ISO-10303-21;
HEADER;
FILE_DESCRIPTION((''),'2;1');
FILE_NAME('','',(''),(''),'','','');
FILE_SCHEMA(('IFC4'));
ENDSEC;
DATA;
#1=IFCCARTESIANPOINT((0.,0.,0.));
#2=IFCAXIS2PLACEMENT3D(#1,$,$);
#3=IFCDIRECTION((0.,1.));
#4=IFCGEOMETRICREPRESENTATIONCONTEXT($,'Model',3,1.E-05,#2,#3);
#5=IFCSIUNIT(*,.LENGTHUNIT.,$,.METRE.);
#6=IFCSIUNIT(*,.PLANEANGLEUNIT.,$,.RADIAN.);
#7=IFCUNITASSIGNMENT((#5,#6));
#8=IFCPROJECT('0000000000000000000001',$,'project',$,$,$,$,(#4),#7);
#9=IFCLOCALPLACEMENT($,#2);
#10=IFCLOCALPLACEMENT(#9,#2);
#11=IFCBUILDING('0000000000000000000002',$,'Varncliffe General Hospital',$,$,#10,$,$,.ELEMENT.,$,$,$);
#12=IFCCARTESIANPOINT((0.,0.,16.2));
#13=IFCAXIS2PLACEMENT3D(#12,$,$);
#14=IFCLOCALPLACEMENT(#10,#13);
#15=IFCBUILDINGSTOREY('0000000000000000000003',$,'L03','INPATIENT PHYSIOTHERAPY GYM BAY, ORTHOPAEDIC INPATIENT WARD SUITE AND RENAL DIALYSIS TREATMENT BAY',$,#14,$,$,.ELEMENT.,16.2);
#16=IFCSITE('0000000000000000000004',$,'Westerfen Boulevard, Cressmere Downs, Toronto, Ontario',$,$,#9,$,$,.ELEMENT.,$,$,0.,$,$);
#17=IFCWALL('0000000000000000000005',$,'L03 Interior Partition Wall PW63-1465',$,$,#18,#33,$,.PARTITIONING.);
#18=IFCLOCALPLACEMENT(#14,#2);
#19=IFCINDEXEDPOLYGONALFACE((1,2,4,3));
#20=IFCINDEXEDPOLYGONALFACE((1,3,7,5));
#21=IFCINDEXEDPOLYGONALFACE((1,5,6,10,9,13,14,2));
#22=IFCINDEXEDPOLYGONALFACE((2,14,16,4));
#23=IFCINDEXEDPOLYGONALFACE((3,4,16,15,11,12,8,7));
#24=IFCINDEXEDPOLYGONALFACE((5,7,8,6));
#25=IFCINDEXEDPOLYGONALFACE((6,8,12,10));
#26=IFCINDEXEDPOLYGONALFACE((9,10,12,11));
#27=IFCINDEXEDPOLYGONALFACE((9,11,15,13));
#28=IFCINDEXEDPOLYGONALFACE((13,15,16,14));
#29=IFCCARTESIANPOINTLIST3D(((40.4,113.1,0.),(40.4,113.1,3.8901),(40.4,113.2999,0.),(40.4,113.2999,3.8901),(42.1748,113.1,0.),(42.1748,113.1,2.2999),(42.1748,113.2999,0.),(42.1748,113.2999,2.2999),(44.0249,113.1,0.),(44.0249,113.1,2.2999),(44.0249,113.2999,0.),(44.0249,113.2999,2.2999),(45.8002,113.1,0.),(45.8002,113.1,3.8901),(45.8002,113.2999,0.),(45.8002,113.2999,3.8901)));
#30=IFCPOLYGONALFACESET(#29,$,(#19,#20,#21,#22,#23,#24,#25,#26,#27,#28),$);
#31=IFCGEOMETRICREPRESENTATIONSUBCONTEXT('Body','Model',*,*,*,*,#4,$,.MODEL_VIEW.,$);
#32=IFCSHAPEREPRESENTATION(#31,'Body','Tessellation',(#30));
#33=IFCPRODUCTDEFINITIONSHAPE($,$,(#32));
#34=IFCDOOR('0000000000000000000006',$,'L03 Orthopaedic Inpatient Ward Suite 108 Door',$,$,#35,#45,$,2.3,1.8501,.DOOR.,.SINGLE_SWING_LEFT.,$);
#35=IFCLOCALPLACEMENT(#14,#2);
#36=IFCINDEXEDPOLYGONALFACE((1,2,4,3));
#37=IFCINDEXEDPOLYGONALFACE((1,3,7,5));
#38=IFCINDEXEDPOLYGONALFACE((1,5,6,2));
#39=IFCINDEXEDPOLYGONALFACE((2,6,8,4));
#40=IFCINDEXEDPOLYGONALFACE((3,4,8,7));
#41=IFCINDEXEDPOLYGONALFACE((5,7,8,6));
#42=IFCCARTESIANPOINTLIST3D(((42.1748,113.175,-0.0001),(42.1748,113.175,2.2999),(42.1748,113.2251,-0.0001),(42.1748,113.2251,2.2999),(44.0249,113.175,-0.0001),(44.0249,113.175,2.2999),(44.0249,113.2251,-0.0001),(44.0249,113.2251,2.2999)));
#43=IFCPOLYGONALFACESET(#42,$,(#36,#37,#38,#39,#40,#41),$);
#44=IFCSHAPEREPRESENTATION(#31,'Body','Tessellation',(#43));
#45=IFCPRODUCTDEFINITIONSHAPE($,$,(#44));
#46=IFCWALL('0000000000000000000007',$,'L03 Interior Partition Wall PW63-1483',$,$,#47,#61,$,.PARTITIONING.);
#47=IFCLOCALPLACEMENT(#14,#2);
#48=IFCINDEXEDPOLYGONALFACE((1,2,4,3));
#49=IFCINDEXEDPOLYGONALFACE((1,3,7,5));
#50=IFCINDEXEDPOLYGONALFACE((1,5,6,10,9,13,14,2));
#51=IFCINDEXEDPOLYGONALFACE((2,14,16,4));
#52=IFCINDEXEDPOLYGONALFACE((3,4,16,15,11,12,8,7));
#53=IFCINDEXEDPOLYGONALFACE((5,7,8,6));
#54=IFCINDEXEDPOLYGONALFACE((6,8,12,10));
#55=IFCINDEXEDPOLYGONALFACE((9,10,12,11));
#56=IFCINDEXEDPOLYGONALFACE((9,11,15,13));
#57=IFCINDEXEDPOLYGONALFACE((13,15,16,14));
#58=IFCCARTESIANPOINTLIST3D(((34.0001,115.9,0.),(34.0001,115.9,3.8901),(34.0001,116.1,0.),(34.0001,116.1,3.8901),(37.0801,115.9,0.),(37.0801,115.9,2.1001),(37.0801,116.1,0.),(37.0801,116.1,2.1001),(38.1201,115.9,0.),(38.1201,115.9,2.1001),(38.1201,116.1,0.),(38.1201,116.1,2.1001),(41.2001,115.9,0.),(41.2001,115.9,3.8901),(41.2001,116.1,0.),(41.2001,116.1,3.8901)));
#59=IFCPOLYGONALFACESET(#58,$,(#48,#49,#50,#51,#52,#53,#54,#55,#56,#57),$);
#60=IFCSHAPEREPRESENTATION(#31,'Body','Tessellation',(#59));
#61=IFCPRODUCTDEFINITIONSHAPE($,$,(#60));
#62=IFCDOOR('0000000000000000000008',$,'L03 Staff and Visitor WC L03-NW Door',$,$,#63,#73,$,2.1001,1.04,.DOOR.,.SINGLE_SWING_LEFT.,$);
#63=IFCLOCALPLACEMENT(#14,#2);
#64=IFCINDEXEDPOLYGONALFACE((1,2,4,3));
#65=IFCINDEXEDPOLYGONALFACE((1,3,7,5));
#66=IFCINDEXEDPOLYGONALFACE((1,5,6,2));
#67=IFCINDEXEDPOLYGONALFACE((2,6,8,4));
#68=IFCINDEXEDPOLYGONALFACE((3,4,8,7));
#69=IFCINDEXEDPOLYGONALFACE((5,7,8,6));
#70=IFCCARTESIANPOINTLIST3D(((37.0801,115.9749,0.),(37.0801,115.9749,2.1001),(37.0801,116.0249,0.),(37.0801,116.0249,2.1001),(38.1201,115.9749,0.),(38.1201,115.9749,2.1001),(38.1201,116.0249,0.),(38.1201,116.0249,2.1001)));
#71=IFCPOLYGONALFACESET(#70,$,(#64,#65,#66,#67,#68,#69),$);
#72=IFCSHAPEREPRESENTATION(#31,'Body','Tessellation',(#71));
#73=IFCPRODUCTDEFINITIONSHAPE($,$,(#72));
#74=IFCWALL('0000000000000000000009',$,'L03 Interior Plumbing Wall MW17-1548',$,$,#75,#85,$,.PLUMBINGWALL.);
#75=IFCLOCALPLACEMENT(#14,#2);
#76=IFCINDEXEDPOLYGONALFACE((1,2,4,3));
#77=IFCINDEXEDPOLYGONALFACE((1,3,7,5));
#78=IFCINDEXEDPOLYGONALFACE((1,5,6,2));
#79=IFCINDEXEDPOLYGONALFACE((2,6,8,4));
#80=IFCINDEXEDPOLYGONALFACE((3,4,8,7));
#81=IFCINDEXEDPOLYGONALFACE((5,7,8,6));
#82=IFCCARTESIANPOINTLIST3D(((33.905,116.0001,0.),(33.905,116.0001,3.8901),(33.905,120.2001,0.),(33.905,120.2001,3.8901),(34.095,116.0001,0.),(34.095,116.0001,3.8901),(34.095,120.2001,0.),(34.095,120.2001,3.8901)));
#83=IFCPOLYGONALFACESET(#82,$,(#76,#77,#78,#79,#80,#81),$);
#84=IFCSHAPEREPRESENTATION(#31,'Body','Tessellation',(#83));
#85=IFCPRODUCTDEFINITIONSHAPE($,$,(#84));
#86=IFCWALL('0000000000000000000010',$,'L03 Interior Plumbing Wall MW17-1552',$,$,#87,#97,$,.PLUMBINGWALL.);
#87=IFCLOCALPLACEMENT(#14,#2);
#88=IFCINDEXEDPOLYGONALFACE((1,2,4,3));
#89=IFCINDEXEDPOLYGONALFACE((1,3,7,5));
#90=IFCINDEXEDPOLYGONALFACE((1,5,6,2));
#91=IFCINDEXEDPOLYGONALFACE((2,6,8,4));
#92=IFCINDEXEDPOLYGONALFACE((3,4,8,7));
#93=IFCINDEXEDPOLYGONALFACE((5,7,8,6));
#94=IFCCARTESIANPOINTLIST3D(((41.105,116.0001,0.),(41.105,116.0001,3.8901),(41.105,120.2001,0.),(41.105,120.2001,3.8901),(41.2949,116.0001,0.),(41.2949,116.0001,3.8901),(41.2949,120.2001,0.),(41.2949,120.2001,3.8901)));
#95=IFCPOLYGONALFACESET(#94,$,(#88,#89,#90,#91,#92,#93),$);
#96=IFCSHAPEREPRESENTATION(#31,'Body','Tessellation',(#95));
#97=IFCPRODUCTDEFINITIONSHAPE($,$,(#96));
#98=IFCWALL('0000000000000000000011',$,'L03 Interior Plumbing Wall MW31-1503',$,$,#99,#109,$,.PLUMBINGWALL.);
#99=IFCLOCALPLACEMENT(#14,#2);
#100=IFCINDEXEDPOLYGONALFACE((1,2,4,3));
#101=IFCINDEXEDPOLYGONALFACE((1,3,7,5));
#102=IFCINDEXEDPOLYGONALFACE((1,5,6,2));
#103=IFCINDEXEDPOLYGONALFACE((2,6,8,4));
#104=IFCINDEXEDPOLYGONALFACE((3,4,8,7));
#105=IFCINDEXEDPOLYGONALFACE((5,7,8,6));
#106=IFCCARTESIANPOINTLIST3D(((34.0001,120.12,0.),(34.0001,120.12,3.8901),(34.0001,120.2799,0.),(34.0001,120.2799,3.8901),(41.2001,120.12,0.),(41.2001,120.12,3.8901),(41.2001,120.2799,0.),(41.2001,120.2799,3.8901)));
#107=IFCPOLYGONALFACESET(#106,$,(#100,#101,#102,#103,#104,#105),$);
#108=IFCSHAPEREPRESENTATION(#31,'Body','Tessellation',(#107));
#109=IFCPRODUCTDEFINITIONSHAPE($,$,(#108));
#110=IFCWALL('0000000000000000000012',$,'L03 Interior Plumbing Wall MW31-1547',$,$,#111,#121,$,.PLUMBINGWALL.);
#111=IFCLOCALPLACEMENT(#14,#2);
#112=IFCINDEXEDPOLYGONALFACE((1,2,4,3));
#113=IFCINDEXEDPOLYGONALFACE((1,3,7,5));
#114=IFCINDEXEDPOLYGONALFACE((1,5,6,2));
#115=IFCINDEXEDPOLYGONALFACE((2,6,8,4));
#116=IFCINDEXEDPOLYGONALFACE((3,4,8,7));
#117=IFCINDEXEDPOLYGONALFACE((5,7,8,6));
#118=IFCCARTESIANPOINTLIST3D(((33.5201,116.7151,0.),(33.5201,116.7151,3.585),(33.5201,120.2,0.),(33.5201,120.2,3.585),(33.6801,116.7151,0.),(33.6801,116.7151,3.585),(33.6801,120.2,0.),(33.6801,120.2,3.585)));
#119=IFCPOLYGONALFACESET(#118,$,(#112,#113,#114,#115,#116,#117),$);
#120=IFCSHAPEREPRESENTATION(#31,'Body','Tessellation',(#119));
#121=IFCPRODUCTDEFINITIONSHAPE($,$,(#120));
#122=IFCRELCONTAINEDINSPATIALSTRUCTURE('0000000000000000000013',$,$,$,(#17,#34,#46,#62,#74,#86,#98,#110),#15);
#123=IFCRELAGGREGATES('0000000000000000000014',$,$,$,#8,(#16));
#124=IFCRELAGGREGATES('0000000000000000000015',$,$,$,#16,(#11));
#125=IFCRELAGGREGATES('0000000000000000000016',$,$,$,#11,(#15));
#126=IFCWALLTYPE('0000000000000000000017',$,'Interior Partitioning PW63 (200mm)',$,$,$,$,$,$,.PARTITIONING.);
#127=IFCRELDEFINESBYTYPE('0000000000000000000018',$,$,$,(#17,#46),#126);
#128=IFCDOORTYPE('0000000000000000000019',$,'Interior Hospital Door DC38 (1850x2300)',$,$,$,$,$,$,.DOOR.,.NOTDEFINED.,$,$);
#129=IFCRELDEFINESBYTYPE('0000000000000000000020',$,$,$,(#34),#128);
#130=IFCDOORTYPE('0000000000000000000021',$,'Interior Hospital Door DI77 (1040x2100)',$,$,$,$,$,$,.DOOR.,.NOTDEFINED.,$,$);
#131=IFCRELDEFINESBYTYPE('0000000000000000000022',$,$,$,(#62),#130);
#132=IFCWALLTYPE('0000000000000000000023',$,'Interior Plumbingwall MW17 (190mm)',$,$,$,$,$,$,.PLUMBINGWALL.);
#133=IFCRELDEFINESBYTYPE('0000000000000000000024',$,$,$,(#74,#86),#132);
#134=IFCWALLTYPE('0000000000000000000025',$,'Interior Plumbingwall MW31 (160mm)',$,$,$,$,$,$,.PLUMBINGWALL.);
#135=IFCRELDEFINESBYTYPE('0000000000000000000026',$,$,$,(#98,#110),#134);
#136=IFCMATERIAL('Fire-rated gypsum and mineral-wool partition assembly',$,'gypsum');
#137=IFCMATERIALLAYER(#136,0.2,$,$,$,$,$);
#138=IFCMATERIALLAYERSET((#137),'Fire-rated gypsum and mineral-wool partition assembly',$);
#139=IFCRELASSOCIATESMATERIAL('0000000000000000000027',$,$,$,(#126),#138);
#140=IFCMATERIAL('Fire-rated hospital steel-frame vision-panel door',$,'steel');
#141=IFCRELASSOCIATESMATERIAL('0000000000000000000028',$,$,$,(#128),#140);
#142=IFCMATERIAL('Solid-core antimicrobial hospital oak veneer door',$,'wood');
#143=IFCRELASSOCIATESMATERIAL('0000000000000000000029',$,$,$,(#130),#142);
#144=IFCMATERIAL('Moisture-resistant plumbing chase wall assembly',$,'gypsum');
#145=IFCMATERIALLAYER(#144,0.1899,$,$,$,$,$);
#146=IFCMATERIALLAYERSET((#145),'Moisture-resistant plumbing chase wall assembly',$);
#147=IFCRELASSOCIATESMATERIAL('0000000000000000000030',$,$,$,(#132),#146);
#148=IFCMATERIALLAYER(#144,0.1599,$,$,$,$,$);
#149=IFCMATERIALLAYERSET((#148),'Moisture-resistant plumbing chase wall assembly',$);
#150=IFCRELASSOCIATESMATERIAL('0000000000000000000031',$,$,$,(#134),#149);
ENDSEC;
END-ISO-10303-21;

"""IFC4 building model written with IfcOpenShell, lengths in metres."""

from ifc_helpers import new_model, si_unit, direction, frame, frame_2d, origin, place, context, subcontext, project, spatial, rectangle, extrude, material, layer, layer_set, type_object, element, fill, save


model = new_model("IFC4")

# Units and contexts
model_context = context("Model", 3, precision=1e-05, world=origin(), true_north=direction((0.0, 1.0)))
body_context = subcontext(model_context, "Body", "Model", "MODEL_VIEW")
ifc_project = project(units=[si_unit("LENGTHUNIT", "METRE"), si_unit("PLANEANGLEUNIT", "RADIAN")], contexts=[model_context])

# Site, building, storey
site_placement = place(None, origin())
site = spatial("IfcSite", under=ifc_project, at=site_placement, Name="Westerfen Boulevard, Cressmere Downs, Toronto, Ontario", CompositionType="ELEMENT", RefElevation=0.0)
building_placement = place(site_placement, origin())
building = spatial("IfcBuilding", under=site, at=building_placement, Name="Varncliffe General Hospital", CompositionType="ELEMENT")
storey_placement = place(building_placement, frame((0.0, 0.0, 16.2)))
storey = spatial("IfcBuildingStorey", under=building, at=storey_placement, Name="L03", Description="INPATIENT PHYSIOTHERAPY GYM BAY, ORTHOPAEDIC INPATIENT WARD SUITE AND RENAL DIALYSIS TREATMENT BAY", CompositionType="ELEMENT", Elevation=16.2)

# Walls, openings, doors
ifc_material_1 = material(Name="Fire-rated gypsum and mineral-wool partition assembly", Category="gypsum")
ifc_layer_1 = layer(ifc_material_1, 0.2)
ifc_layer_set_1 = layer_set([ifc_layer_1], Name="Fire-rated gypsum and mineral-wool partition assembly")
wall_type_1 = type_object("IfcWallType", Name="Interior Partitioning PW63 (200mm)", PredefinedType="PARTITIONING", material=ifc_layer_set_1)
wall_1_placement = place(storey_placement, frame((40.3999, 113.2, 0.0), z_axis=(0.0, 0.0, 1.0), x_axis=(1.0, 0.0, 0.0)))
wall_1 = element("IfcWall", 1, at=wall_1_placement, inside=storey, type_object=wall_type_1, Name="L03 Interior Partition Wall PW63-1465", PredefinedType="PARTITIONING", context=body_context, shape_type="SweptSolid", body=[
    extrude(rectangle(XDim=5.4001, YDim=0.2, at=frame_2d((2.7002, 0.0))), origin(), (0.0, 0.0, 1.0), 3.8901),
])
opening_1_placement = place(wall_1_placement, frame((1.7749, 0.0, 0.0)))
opening_1 = element("IfcOpeningElement", 2, at=opening_1_placement, cuts=wall_1, PredefinedType="OPENING", context=body_context, shape_type="SweptSolid", body=[
    extrude(rectangle(XDim=1.8501, YDim=2.3, at=frame_2d((0.925, 1.1499))), frame((0.0, 0.1099, 0.0), z_axis=(0.0, -1.0, 0.0), x_axis=(1.0, 0.0, 0.0)), (0.0, 0.0, 1.0), 0.22),
])
ifc_material_2 = material(Name="Fire-rated hospital steel-frame vision-panel door", Category="steel")
door_type_1 = type_object("IfcDoorType", Name="Interior Hospital Door DC38 (1850x2300)", OperationType="NOTDEFINED", PredefinedType="DOOR", material=ifc_material_2)
door_1_placement = place(opening_1_placement, frame((1.8501, 0.0, 0.0), z_axis=(0.0, 0.0, 1.0), x_axis=(-1.0, 0.0, 0.0)))
door_1 = element("IfcDoor", 3, at=door_1_placement, inside=storey, type_object=door_type_1, Name="L03 Orthopaedic Inpatient Ward Suite 108 Door", OperationType="SINGLE_SWING_LEFT", OverallHeight=2.3, OverallWidth=1.8501, PredefinedType="DOOR", context=body_context, shape_type="SweptSolid", body=[
    extrude(rectangle(XDim=1.8501, YDim=2.3, at=frame_2d((0.925, 1.1499))), frame((0.0, 0.0249, 0.0), z_axis=(0.0, -1.0, 0.0), x_axis=(1.0, 0.0, 0.0)), (0.0, 0.0, 1.0), 0.05),
])
fill(opening_1, door_1)
wall_2_placement = place(storey_placement, frame((34.0, 116.0, 0.0), z_axis=(0.0, 0.0, 1.0), x_axis=(1.0, 0.0, 0.0)))
wall_2 = element("IfcWall", 4, at=wall_2_placement, inside=storey, type_object=wall_type_1, Name="L03 Interior Partition Wall PW63-1483", PredefinedType="PARTITIONING", context=body_context, shape_type="SweptSolid", body=[
    extrude(rectangle(XDim=7.2, YDim=0.2, at=frame_2d((3.6001, 0.0))), origin(), (0.0, 0.0, 1.0), 3.8901),
])
opening_2_placement = place(wall_2_placement, frame((3.0801, 0.0, 0.0)))
opening_2 = element("IfcOpeningElement", 5, at=opening_2_placement, cuts=wall_2, PredefinedType="OPENING", context=body_context, shape_type="SweptSolid", body=[
    extrude(rectangle(XDim=1.04, YDim=2.1001, at=frame_2d((0.52, 1.05))), frame((0.0, 0.1099, 0.0), z_axis=(0.0, -1.0, 0.0), x_axis=(1.0, 0.0, 0.0)), (0.0, 0.0, 1.0), 0.22),
])
ifc_material_3 = material(Name="Solid-core antimicrobial hospital oak veneer door", Category="wood")
door_type_2 = type_object("IfcDoorType", Name="Interior Hospital Door DI77 (1040x2100)", OperationType="NOTDEFINED", PredefinedType="DOOR", material=ifc_material_3)
door_2_placement = place(opening_2_placement, origin())
door_2 = element("IfcDoor", 6, at=door_2_placement, inside=storey, type_object=door_type_2, Name="L03 Staff and Visitor WC L03-NW Door", OperationType="SINGLE_SWING_LEFT", OverallHeight=2.1001, OverallWidth=1.04, PredefinedType="DOOR", context=body_context, shape_type="SweptSolid", body=[
    extrude(rectangle(XDim=1.04, YDim=2.1001, at=frame_2d((0.52, 1.05))), frame((0.0, 0.0249, 0.0), z_axis=(0.0, -1.0, 0.0), x_axis=(1.0, 0.0, 0.0)), (0.0, 0.0, 1.0), 0.05),
])
fill(opening_2, door_2)

# Walls
ifc_material_4 = material(Name="Moisture-resistant plumbing chase wall assembly", Category="gypsum")
ifc_layer_2 = layer(ifc_material_4, 0.1899)
ifc_layer_set_2 = layer_set([ifc_layer_2], Name="Moisture-resistant plumbing chase wall assembly")
wall_type_2 = type_object("IfcWallType", Name="Interior Plumbingwall MW17 (190mm)", PredefinedType="PLUMBINGWALL", material=ifc_layer_set_2)
for number, where, z_axis, x_axis, name in (
    (7, (34.0, 116.0, 0.0), (0.0, 0.0, 1.0), (0.0, 1.0, 0.0), "L03 Interior Plumbing Wall MW17-1548"),
    (8, (41.2, 116.0, 0.0), (0.0, 0.0, 1.0), (0.0, 1.0, 0.0), "L03 Interior Plumbing Wall MW17-1552"),
):
    element("IfcWall", number, at=place(storey_placement, frame(where, z_axis=z_axis, x_axis=x_axis)), inside=storey, type_object=wall_type_2, Name=name, PredefinedType="PLUMBINGWALL", context=body_context, shape_type="SweptSolid", body=[
        extrude(rectangle(XDim=4.2, YDim=0.1899, at=frame_2d((2.1001, 0.0))), origin(), (0.0, 0.0, 1.0), 3.8901),
    ])
ifc_layer_3 = layer(ifc_material_4, 0.1599)
ifc_layer_set_3 = layer_set([ifc_layer_3], Name="Moisture-resistant plumbing chase wall assembly")
wall_type_3 = type_object("IfcWallType", Name="Interior Plumbingwall MW31 (160mm)", PredefinedType="PLUMBINGWALL", material=ifc_layer_set_3)
wall_3_placement = place(storey_placement, frame((34.0, 120.2, 0.0), z_axis=(0.0, 0.0, 1.0), x_axis=(1.0, 0.0, 0.0)))
element("IfcWall", 9, at=wall_3_placement, inside=storey, type_object=wall_type_3, Name="L03 Interior Plumbing Wall MW31-1503", PredefinedType="PLUMBINGWALL", context=body_context, shape_type="SweptSolid", body=[
    extrude(rectangle(XDim=7.2, YDim=0.1599, at=frame_2d((3.6001, 0.0))), origin(), (0.0, 0.0, 1.0), 3.8901),
])
wall_4_placement = place(storey_placement, frame((33.6001, 116.7151, 0.0), z_axis=(0.0, 0.0, 1.0), x_axis=(0.0, 1.0, 0.0)))
element("IfcWall", 10, at=wall_4_placement, inside=storey, type_object=wall_type_3, Name="L03 Interior Plumbing Wall MW31-1547", PredefinedType="PLUMBINGWALL", context=body_context, shape_type="SweptSolid", body=[
    extrude(rectangle(XDim=3.4849, YDim=0.1599, at=frame_2d((1.7424, 0.0))), origin(), (0.0, 0.0, 1.0), 3.585),
])

save(model, "model.ifc")
